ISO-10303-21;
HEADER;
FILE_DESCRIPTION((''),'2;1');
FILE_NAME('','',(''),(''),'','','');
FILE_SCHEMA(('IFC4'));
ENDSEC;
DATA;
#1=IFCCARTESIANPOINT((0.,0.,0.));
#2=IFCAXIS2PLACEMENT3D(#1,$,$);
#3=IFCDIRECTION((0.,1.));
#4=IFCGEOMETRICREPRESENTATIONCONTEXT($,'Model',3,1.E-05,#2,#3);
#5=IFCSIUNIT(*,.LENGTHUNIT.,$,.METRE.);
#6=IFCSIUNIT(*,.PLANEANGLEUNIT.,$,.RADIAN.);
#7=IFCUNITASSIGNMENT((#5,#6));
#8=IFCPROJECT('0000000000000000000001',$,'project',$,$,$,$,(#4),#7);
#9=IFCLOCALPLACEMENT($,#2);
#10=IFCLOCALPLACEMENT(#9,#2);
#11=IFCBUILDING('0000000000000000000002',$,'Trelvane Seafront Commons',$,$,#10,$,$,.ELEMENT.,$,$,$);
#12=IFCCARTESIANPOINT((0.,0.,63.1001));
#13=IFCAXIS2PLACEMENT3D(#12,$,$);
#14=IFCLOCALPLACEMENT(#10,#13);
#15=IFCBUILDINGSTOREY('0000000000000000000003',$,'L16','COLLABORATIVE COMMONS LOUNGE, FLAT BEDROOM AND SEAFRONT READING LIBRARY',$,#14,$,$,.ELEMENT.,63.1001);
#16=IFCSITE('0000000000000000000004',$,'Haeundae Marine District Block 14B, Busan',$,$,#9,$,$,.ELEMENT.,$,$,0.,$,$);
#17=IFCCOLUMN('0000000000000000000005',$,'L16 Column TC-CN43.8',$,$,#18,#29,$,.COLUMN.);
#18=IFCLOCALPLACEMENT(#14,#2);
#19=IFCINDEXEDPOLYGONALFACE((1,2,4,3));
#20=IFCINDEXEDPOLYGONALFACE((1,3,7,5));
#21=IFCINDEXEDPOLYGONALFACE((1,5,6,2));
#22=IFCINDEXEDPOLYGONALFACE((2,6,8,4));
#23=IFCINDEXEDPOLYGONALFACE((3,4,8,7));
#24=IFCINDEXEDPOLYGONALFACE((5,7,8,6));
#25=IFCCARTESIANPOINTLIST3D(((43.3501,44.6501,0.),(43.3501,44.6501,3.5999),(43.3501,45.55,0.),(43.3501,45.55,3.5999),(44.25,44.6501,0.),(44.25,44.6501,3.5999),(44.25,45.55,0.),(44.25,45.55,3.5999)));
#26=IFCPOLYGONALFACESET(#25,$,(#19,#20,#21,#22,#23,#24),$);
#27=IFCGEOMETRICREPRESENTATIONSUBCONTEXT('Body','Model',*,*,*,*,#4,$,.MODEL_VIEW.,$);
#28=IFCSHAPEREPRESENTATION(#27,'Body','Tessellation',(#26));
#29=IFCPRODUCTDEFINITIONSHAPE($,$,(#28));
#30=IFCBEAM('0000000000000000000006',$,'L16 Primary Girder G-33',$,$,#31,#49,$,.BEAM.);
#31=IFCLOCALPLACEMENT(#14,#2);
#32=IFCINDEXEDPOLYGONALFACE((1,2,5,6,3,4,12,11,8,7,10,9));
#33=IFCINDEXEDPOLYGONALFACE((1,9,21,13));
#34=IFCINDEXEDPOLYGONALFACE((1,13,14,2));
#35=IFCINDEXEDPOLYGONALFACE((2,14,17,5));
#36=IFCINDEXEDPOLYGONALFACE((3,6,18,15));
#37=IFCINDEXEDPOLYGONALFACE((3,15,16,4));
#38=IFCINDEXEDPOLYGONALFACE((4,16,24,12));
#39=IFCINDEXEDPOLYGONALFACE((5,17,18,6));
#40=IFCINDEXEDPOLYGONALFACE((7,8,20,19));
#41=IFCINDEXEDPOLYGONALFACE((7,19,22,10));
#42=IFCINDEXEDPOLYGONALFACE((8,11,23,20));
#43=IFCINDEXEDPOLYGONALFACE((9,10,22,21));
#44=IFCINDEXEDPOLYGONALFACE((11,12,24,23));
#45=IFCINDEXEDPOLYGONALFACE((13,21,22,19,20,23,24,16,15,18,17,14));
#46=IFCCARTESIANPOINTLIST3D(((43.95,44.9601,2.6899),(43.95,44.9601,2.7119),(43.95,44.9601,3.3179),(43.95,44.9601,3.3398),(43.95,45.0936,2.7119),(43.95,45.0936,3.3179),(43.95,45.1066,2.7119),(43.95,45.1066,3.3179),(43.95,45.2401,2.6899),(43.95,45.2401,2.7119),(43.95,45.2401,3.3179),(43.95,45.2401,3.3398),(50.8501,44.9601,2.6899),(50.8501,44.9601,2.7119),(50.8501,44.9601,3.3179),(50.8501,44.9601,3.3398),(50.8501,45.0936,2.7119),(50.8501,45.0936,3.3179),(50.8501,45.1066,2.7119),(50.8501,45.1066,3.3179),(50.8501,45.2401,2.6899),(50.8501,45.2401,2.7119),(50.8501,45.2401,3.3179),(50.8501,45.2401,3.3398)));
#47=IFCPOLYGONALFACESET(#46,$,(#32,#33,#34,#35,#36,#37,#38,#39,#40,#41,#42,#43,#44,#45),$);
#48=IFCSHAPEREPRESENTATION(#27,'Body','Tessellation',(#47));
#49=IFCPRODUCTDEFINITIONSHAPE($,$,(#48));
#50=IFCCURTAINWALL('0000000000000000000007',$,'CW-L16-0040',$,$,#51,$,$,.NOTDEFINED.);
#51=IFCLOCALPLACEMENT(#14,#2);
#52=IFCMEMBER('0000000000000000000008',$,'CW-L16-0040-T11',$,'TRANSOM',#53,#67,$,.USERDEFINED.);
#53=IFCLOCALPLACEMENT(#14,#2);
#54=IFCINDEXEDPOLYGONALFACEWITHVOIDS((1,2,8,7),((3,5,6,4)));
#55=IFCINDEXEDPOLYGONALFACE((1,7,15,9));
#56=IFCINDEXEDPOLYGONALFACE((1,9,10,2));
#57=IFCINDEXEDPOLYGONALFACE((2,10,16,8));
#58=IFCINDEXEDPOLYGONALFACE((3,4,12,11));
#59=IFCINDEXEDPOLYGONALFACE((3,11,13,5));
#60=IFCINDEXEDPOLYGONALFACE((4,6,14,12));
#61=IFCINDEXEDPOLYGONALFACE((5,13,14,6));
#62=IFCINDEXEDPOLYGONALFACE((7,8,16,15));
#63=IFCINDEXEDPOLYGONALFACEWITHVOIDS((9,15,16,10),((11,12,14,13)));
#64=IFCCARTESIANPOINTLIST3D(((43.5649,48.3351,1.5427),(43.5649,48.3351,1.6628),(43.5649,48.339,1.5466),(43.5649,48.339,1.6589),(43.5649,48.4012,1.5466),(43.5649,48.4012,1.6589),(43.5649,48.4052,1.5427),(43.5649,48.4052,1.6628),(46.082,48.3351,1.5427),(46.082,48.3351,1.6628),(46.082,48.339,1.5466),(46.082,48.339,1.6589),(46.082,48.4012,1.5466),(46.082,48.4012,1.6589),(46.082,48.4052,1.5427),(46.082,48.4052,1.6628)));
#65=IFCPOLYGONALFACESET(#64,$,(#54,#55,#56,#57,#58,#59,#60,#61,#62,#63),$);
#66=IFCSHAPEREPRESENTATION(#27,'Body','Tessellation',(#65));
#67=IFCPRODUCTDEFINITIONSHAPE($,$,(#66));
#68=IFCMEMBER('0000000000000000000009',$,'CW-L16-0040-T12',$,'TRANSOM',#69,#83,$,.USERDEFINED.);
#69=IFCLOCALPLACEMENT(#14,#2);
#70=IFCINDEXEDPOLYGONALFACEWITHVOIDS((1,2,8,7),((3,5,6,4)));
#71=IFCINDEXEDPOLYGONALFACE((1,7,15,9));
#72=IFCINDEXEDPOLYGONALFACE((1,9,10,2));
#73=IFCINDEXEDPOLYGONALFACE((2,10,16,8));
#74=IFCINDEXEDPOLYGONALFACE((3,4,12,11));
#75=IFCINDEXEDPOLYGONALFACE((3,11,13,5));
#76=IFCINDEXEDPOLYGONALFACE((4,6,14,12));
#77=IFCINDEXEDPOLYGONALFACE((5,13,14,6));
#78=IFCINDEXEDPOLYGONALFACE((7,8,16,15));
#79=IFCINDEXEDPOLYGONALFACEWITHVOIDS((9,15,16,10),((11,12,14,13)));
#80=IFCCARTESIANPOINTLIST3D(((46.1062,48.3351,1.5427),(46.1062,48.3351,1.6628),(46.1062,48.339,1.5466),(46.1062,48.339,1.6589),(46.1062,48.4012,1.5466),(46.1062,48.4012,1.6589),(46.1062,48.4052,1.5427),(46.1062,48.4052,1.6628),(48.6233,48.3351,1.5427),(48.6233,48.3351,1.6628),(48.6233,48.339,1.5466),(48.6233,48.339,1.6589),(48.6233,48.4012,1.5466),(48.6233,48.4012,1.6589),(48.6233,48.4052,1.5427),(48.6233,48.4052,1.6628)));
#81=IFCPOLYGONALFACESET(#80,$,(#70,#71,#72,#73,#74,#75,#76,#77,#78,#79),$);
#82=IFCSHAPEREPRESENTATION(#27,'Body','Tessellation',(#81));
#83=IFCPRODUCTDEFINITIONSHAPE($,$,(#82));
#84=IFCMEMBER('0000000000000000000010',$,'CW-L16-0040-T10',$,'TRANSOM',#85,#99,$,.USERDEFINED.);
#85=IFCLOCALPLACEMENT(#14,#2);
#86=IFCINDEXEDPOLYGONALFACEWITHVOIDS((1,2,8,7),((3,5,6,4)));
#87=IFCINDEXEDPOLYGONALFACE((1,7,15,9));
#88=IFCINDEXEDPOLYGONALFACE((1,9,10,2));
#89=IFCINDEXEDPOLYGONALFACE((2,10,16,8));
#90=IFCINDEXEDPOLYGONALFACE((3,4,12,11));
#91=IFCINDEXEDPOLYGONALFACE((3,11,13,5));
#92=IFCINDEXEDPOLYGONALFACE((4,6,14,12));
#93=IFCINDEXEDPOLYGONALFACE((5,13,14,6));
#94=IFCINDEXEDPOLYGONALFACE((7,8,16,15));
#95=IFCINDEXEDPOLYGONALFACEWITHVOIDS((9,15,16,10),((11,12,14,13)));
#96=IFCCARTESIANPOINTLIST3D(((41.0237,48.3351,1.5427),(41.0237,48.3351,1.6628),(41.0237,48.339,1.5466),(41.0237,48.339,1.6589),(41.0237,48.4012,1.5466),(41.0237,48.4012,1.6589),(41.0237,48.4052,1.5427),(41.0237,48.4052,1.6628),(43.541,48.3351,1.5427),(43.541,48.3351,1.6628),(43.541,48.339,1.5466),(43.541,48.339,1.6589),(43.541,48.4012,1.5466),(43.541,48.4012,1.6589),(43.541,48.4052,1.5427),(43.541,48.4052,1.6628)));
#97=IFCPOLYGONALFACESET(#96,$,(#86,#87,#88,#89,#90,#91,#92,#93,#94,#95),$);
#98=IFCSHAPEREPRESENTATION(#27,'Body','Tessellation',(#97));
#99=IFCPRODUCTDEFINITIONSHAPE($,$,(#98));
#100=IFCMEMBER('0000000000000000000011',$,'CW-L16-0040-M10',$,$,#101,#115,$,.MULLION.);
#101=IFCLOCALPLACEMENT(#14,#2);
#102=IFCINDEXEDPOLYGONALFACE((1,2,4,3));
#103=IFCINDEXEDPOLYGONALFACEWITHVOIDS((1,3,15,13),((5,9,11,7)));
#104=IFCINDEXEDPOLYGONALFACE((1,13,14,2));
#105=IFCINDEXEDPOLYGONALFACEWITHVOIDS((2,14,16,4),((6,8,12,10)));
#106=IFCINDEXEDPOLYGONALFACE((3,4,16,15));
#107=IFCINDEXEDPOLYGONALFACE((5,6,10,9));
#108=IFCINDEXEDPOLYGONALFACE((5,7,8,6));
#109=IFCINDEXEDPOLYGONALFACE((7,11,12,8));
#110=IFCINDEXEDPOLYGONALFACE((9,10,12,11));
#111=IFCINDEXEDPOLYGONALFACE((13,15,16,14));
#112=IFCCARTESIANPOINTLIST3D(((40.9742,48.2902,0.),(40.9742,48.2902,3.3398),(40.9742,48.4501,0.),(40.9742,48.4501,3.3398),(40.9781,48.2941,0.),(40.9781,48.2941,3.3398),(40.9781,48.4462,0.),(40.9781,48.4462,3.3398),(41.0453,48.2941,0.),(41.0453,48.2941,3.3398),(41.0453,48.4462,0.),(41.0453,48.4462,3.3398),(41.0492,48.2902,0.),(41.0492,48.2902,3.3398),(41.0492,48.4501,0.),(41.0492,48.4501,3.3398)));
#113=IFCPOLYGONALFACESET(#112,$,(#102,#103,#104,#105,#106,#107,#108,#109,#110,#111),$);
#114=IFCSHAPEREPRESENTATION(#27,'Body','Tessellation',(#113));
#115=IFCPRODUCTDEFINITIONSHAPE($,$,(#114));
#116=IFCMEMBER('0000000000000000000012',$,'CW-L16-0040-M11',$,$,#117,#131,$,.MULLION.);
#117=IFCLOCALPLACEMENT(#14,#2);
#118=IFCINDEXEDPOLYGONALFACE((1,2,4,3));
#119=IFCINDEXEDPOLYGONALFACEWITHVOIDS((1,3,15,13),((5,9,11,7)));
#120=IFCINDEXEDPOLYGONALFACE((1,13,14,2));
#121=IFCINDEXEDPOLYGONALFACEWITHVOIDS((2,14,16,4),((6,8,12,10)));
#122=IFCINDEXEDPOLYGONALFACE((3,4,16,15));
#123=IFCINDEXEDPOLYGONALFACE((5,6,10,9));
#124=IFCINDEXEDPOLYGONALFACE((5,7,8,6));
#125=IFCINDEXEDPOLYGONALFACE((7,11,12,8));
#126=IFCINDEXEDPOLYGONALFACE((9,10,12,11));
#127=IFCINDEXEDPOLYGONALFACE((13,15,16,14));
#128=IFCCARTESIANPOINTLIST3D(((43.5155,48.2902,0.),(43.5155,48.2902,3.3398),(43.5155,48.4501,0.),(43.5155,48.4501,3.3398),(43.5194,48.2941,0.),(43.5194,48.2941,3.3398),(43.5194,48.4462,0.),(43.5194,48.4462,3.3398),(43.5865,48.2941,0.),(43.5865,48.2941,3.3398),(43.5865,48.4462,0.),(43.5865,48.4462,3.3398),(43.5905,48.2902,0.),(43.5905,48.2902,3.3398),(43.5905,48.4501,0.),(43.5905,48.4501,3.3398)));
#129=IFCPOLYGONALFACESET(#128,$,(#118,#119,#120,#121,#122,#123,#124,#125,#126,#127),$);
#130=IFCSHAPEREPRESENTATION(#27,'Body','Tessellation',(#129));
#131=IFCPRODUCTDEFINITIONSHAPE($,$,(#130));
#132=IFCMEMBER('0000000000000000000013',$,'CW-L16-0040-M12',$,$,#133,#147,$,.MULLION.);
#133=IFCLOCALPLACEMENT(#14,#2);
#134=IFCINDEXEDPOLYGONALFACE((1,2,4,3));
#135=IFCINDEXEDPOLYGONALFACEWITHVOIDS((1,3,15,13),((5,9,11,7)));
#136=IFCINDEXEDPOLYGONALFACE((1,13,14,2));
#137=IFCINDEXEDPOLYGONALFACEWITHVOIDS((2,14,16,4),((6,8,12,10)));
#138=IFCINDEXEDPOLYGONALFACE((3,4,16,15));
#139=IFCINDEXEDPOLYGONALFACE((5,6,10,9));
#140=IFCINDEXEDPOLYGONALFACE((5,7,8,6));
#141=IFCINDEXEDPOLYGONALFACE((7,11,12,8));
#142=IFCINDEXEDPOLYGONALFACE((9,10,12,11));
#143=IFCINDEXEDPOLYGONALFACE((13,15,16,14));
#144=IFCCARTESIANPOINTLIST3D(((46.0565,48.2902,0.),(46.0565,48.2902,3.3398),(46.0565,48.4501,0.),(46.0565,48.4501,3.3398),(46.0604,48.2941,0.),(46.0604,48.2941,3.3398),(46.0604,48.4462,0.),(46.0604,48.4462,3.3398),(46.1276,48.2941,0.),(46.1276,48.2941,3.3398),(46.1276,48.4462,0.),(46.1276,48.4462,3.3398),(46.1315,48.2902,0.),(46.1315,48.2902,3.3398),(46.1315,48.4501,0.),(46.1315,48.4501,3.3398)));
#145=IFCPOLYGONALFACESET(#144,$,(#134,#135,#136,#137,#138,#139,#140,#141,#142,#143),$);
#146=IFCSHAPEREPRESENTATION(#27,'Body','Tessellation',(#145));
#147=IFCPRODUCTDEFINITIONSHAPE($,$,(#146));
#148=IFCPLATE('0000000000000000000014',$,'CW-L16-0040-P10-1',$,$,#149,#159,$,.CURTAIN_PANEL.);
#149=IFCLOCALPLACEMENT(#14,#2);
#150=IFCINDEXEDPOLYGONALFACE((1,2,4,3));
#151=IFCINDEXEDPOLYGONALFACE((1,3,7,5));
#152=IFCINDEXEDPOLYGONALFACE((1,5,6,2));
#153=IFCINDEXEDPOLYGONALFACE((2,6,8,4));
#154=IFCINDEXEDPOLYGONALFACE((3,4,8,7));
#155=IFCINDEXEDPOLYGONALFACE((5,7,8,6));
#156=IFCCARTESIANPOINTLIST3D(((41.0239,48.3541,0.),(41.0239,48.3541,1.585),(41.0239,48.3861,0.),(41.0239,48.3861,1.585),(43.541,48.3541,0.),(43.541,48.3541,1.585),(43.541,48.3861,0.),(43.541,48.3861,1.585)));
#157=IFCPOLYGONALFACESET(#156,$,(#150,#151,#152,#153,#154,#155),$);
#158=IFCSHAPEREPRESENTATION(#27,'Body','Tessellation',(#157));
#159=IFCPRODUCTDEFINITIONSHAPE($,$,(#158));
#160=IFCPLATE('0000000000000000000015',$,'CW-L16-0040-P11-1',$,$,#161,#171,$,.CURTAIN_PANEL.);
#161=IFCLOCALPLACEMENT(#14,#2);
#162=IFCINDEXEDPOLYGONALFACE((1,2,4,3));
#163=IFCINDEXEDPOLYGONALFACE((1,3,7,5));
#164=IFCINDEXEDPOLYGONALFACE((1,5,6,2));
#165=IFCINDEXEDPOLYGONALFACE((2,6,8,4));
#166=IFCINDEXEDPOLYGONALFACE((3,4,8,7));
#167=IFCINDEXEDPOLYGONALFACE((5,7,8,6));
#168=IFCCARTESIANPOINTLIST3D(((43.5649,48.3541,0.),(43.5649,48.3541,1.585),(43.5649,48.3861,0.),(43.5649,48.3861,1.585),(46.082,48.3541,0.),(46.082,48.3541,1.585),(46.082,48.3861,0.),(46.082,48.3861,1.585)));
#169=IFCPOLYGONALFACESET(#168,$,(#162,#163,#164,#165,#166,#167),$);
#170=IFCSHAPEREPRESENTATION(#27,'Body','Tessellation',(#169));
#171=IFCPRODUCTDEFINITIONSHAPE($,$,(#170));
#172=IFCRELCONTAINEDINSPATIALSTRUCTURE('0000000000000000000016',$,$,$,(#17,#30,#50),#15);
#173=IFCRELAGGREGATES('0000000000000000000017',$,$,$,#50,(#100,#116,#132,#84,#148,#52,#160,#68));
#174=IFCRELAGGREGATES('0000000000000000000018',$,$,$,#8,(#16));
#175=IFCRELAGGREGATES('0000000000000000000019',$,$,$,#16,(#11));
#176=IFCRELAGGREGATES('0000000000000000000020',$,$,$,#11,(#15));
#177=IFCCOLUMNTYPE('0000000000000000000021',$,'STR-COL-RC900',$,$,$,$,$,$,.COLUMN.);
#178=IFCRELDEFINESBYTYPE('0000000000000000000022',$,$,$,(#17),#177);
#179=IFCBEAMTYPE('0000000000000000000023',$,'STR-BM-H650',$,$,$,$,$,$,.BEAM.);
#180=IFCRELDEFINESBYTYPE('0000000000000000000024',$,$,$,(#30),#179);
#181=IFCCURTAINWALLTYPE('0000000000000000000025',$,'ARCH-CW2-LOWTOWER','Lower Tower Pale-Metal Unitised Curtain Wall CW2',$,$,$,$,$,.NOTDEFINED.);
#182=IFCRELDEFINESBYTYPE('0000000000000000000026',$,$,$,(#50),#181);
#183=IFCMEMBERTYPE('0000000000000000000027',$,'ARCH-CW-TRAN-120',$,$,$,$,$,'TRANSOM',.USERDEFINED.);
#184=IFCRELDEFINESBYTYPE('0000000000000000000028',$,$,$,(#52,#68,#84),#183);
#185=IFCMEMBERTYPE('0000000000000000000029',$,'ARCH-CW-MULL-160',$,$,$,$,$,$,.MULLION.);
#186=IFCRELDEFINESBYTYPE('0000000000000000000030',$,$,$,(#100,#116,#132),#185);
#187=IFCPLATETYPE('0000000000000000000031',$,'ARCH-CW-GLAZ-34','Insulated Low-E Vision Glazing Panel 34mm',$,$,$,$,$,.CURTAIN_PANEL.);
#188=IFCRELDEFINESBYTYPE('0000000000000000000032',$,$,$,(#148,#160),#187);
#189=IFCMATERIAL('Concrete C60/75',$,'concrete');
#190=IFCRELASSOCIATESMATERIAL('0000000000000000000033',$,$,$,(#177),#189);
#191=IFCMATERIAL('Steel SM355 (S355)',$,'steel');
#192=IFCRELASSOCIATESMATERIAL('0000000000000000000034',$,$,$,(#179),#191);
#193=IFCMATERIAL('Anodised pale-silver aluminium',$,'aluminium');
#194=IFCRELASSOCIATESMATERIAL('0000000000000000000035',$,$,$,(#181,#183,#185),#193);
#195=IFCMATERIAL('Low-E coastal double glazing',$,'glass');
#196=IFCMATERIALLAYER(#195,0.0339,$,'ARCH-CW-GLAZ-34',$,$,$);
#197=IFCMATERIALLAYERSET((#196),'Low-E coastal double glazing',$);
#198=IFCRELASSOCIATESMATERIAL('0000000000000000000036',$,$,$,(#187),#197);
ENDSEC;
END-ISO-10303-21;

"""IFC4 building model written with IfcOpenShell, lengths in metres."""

from ifc_helpers import new_model, si_unit, direction, frame, origin, origin_2d, place, context, subcontext, project, spatial, rectangle, hollow_rectangle, i_section, extrude, source, transform, mapped, material, layer, layer_set, material_profile, profile_set, type_object, element, aggregate, save


model = new_model("IFC4")

# Units and contexts
model_context = context("Model", 3, precision=1e-05, world=origin(), true_north=direction((0.0, 1.0)))
body_context = subcontext(model_context, "Body", "Model", "MODEL_VIEW")
ifc_project = project(units=[si_unit("LENGTHUNIT", "METRE"), si_unit("PLANEANGLEUNIT", "RADIAN")], contexts=[model_context])

# Site, building, storey
site_placement = place(None, origin())
site = spatial("IfcSite", under=ifc_project, at=site_placement, Name="Haeundae Marine District Block 14B, Busan", CompositionType="ELEMENT", RefElevation=0.0)
building_placement = place(site_placement, origin())
building = spatial("IfcBuilding", under=site, at=building_placement, Name="Trelvane Seafront Commons", CompositionType="ELEMENT")
storey_placement = place(building_placement, frame((0.0, 0.0, 63.1001)))
storey = spatial("IfcBuildingStorey", under=building, at=storey_placement, Name="L16", Description="COLLABORATIVE COMMONS LOUNGE, FLAT BEDROOM AND SEAFRONT READING LIBRARY", CompositionType="ELEMENT", Elevation=63.1001)

# Column
ifc_material_1 = material(Name="Concrete C60/75", Category="concrete")
ifc_material_profile_1 = material_profile(ifc_material_1, rectangle(XDim=0.8999, YDim=0.8999, at=origin_2d()), Name="RC-900x900")
ifc_profile_set_1 = profile_set([ifc_material_profile_1], Name="Concrete C60/75")
column_type = type_object("IfcColumnType", Name="STR-COL-RC900", PredefinedType="COLUMN", material=ifc_profile_set_1)
shared_shape_1 = source(origin(), body_context, "Body", "SweptSolid", [
    extrude(rectangle(XDim=0.8999, YDim=0.8999, at=origin_2d()), origin(), (0.0, 0.0, 1.0), 3.5999),
])
column_placement = place(storey_placement, frame((43.8, 45.1001, 0.0), z_axis=(0.0, 0.0, 1.0), x_axis=(1.0, 0.0, 0.0)))
element("IfcColumn", 1, at=column_placement, inside=storey, type_object=column_type, Name="L16 Column TC-CN43.8", PredefinedType="COLUMN", context=body_context, shape_type="MappedRepresentation", body=[
    mapped(shared_shape_1, transform((0.0, 0.0, 0.0), x_axis=(1.0, 0.0, 0.0), y_axis=(0.0, 1.0, 0.0), z_axis=(0.0, 0.0, 1.0), scale=1.0)),
])

# Beam
ifc_material_2 = material(Name="Steel SM355 (S355)", Category="steel")
ifc_material_profile_2 = material_profile(ifc_material_2, i_section(OverallWidth=0.28, OverallDepth=0.6499, WebThickness=0.0129, FlangeThickness=0.022, at=origin_2d()), Name="H-650x280x13x22")
ifc_profile_set_2 = profile_set([ifc_material_profile_2], Name="Steel SM355 (S355)")
beam_type = type_object("IfcBeamType", Name="STR-BM-H650", PredefinedType="BEAM", material=ifc_profile_set_2)
shared_shape_2 = source(origin(), body_context, "Body", "SweptSolid", [
    extrude(i_section(OverallWidth=0.28, OverallDepth=0.6499, WebThickness=0.0129, FlangeThickness=0.022, at=origin_2d()), origin(), (0.0, 0.0, 1.0), 6.9001),
])
beam_placement = place(storey_placement, frame((43.95, 45.1001, 3.0149), z_axis=(1.0, 0.0, 0.0), x_axis=(0.0, 1.0, 0.0)))
element("IfcBeam", 2, at=beam_placement, inside=storey, type_object=beam_type, Name="L16 Primary Girder G-33", PredefinedType="BEAM", context=body_context, shape_type="MappedRepresentation", body=[
    mapped(shared_shape_2, transform((0.0, 0.0, 0.0), x_axis=(1.0, 0.0, 0.0), y_axis=(0.0, 1.0, 0.0), z_axis=(0.0, 0.0, 1.0), scale=1.0)),
])

# Curtain wall, members, plates
ifc_material_3 = material(Name="Anodised pale-silver aluminium", Category="aluminium")
curtain_wall_type = type_object("IfcCurtainWallType", Name="ARCH-CW2-LOWTOWER", Description="Lower Tower Pale-Metal Unitised Curtain Wall CW2", PredefinedType="NOTDEFINED", material=ifc_material_3)
curtain_wall_placement = place(storey_placement, origin())
curtain_wall = element("IfcCurtainWall", 3, at=curtain_wall_placement, inside=storey, type_object=curtain_wall_type, Name="CW-L16-0040", PredefinedType="NOTDEFINED")
ifc_material_profile_3 = material_profile(ifc_material_3, hollow_rectangle(XDim=0.0701, YDim=0.1201, WallThickness=0.0039, at=origin_2d()), Name="TRAN-70x120x4")
ifc_profile_set_3 = profile_set([ifc_material_profile_3], Name="Anodised pale-silver aluminium")
member_type_1 = type_object("IfcMemberType", Name="ARCH-CW-TRAN-120", ElementType="TRANSOM", PredefinedType="USERDEFINED", material=ifc_profile_set_3)
shared_shape_3 = source(origin(), body_context, "Body", "SweptSolid", [
    extrude(hollow_rectangle(XDim=0.0701, YDim=0.1201, WallThickness=0.0039, at=origin_2d()), origin(), (0.0, 0.0, 1.0), 2.5171),
])
member_1_placement = place(storey_placement, frame((43.5649, 48.3701, 1.6028), z_axis=(1.0, 0.0, 0.0), x_axis=(0.0, 1.0, 0.0)))
member_1 = element("IfcMember", 4, at=member_1_placement, type_object=member_type_1, Name="CW-L16-0040-T11", ObjectType="TRANSOM", PredefinedType="USERDEFINED", context=body_context, shape_type="MappedRepresentation", body=[
    mapped(shared_shape_3, transform((0.0, 0.0, 0.0), x_axis=(1.0, 0.0, 0.0), y_axis=(0.0, 1.0, 0.0), z_axis=(0.0, 0.0, 1.0), scale=1.0)),
])
member_2_placement = place(storey_placement, frame((46.1062, 48.3701, 1.6028), z_axis=(1.0, 0.0, 0.0), x_axis=(0.0, 1.0, 0.0)))
member_2 = element("IfcMember", 5, at=member_2_placement, type_object=member_type_1, Name="CW-L16-0040-T12", ObjectType="TRANSOM", PredefinedType="USERDEFINED", context=body_context, shape_type="MappedRepresentation", body=[
    mapped(shared_shape_3, transform((0.0, 0.0, 0.0), x_axis=(1.0, 0.0, 0.0), y_axis=(0.0, 1.0, 0.0), z_axis=(0.0, 0.0, 1.0), scale=1.0)),
])
shared_shape_4 = source(origin(), body_context, "Body", "SweptSolid", [
    extrude(hollow_rectangle(XDim=0.0701, YDim=0.1201, WallThickness=0.0039, at=origin_2d()), origin(), (0.0, 0.0, 1.0), 2.5173),
])
member_3_placement = place(storey_placement, frame((41.0237, 48.3701, 1.6028), z_axis=(1.0, 0.0, 0.0), x_axis=(0.0, 1.0, 0.0)))
member_3 = element("IfcMember", 6, at=member_3_placement, type_object=member_type_1, Name="CW-L16-0040-T10", ObjectType="TRANSOM", PredefinedType="USERDEFINED", context=body_context, shape_type="MappedRepresentation", body=[
    mapped(shared_shape_4, transform((0.0, 0.0, 0.0), x_axis=(1.0, 0.0, 0.0), y_axis=(0.0, 1.0, 0.0), z_axis=(0.0, 0.0, 1.0), scale=1.0)),
])
ifc_material_profile_4 = material_profile(ifc_material_3, hollow_rectangle(XDim=0.075, YDim=0.1599, WallThickness=0.0039, at=origin_2d()), Name="MULL-75x160x4")
ifc_profile_set_4 = profile_set([ifc_material_profile_4], Name="Anodised pale-silver aluminium")
member_type_2 = type_object("IfcMemberType", Name="ARCH-CW-MULL-160", PredefinedType="MULLION", material=ifc_profile_set_4)
shared_shape_5 = source(origin(), body_context, "Body", "SweptSolid", [
    extrude(hollow_rectangle(XDim=0.075, YDim=0.1599, WallThickness=0.0039, at=origin_2d()), origin(), (0.0, 0.0, 1.0), 3.3398),
])
member_4_placement = place(storey_placement, frame((41.0117, 48.3701, 0.0), z_axis=(0.0, 0.0, 1.0), x_axis=(1.0, 0.0, 0.0)))
member_4 = element("IfcMember", 7, at=member_4_placement, type_object=member_type_2, Name="CW-L16-0040-M10", PredefinedType="MULLION", context=body_context, shape_type="MappedRepresentation", body=[
    mapped(shared_shape_5, transform((0.0, 0.0, 0.0), x_axis=(1.0, 0.0, 0.0), y_axis=(0.0, 1.0, 0.0), z_axis=(0.0, 0.0, 1.0), scale=1.0)),
])
member_5_placement = place(storey_placement, frame((43.553, 48.3701, 0.0), z_axis=(0.0, 0.0, 1.0), x_axis=(1.0, 0.0, 0.0)))
member_5 = element("IfcMember", 8, at=member_5_placement, type_object=member_type_2, Name="CW-L16-0040-M11", PredefinedType="MULLION", context=body_context, shape_type="MappedRepresentation", body=[
    mapped(shared_shape_5, transform((0.0, 0.0, 0.0), x_axis=(1.0, 0.0, 0.0), y_axis=(0.0, 1.0, 0.0), z_axis=(0.0, 0.0, 1.0), scale=1.0)),
])
member_6_placement = place(storey_placement, frame((46.094, 48.3701, 0.0), z_axis=(0.0, 0.0, 1.0), x_axis=(1.0, 0.0, 0.0)))
member_6 = element("IfcMember", 9, at=member_6_placement, type_object=member_type_2, Name="CW-L16-0040-M12", PredefinedType="MULLION", context=body_context, shape_type="MappedRepresentation", body=[
    mapped(shared_shape_5, transform((0.0, 0.0, 0.0), x_axis=(1.0, 0.0, 0.0), y_axis=(0.0, 1.0, 0.0), z_axis=(0.0, 0.0, 1.0), scale=1.0)),
])
ifc_material_4 = material(Name="Low-E coastal double glazing", Category="glass")
ifc_layer_1 = layer(ifc_material_4, 0.0339, Name="ARCH-CW-GLAZ-34")
ifc_layer_set_1 = layer_set([ifc_layer_1], Name="Low-E coastal double glazing")
plate_type_1 = type_object("IfcPlateType", Name="ARCH-CW-GLAZ-34", Description="Insulated Low-E Vision Glazing Panel 34mm", PredefinedType="CURTAIN_PANEL", material=ifc_layer_set_1)
shared_shape_6 = source(origin(), body_context, "Body", "SweptSolid", [
    extrude(rectangle(XDim=2.5171, YDim=0.032, at=origin_2d()), origin(), (0.0, 0.0, 1.0), 1.585),
])
plate_1_placement = place(storey_placement, frame((42.2825, 48.3701, 0.0), z_axis=(0.0, 0.0, 1.0), x_axis=(1.0, 0.0, 0.0)))
plate_1 = element("IfcPlate", 10, at=plate_1_placement, type_object=plate_type_1, Name="CW-L16-0040-P10-1", PredefinedType="CURTAIN_PANEL", context=body_context, shape_type="MappedRepresentation", body=[
    mapped(shared_shape_6, transform((0.0, 0.0, 0.0), x_axis=(1.0, 0.0, 0.0), y_axis=(0.0, 1.0, 0.0), z_axis=(0.0, 0.0, 1.0), scale=1.0)),
])
plate_2_placement = place(storey_placement, frame((44.8235, 48.3701, 0.0), z_axis=(0.0, 0.0, 1.0), x_axis=(1.0, 0.0, 0.0)))
plate_2 = element("IfcPlate", 11, at=plate_2_placement, type_object=plate_type_1, Name="CW-L16-0040-P11-1", PredefinedType="CURTAIN_PANEL", context=body_context, shape_type="MappedRepresentation", body=[
    mapped(shared_shape_6, transform((0.0, 0.0, 0.0), x_axis=(1.0, 0.0, 0.0), y_axis=(0.0, 1.0, 0.0), z_axis=(0.0, 0.0, 1.0), scale=1.0)),
])
aggregate(curtain_wall, [member_4, member_5, member_6, member_3, plate_1, member_1, plate_2, member_2])

save(model, "model.ifc")
